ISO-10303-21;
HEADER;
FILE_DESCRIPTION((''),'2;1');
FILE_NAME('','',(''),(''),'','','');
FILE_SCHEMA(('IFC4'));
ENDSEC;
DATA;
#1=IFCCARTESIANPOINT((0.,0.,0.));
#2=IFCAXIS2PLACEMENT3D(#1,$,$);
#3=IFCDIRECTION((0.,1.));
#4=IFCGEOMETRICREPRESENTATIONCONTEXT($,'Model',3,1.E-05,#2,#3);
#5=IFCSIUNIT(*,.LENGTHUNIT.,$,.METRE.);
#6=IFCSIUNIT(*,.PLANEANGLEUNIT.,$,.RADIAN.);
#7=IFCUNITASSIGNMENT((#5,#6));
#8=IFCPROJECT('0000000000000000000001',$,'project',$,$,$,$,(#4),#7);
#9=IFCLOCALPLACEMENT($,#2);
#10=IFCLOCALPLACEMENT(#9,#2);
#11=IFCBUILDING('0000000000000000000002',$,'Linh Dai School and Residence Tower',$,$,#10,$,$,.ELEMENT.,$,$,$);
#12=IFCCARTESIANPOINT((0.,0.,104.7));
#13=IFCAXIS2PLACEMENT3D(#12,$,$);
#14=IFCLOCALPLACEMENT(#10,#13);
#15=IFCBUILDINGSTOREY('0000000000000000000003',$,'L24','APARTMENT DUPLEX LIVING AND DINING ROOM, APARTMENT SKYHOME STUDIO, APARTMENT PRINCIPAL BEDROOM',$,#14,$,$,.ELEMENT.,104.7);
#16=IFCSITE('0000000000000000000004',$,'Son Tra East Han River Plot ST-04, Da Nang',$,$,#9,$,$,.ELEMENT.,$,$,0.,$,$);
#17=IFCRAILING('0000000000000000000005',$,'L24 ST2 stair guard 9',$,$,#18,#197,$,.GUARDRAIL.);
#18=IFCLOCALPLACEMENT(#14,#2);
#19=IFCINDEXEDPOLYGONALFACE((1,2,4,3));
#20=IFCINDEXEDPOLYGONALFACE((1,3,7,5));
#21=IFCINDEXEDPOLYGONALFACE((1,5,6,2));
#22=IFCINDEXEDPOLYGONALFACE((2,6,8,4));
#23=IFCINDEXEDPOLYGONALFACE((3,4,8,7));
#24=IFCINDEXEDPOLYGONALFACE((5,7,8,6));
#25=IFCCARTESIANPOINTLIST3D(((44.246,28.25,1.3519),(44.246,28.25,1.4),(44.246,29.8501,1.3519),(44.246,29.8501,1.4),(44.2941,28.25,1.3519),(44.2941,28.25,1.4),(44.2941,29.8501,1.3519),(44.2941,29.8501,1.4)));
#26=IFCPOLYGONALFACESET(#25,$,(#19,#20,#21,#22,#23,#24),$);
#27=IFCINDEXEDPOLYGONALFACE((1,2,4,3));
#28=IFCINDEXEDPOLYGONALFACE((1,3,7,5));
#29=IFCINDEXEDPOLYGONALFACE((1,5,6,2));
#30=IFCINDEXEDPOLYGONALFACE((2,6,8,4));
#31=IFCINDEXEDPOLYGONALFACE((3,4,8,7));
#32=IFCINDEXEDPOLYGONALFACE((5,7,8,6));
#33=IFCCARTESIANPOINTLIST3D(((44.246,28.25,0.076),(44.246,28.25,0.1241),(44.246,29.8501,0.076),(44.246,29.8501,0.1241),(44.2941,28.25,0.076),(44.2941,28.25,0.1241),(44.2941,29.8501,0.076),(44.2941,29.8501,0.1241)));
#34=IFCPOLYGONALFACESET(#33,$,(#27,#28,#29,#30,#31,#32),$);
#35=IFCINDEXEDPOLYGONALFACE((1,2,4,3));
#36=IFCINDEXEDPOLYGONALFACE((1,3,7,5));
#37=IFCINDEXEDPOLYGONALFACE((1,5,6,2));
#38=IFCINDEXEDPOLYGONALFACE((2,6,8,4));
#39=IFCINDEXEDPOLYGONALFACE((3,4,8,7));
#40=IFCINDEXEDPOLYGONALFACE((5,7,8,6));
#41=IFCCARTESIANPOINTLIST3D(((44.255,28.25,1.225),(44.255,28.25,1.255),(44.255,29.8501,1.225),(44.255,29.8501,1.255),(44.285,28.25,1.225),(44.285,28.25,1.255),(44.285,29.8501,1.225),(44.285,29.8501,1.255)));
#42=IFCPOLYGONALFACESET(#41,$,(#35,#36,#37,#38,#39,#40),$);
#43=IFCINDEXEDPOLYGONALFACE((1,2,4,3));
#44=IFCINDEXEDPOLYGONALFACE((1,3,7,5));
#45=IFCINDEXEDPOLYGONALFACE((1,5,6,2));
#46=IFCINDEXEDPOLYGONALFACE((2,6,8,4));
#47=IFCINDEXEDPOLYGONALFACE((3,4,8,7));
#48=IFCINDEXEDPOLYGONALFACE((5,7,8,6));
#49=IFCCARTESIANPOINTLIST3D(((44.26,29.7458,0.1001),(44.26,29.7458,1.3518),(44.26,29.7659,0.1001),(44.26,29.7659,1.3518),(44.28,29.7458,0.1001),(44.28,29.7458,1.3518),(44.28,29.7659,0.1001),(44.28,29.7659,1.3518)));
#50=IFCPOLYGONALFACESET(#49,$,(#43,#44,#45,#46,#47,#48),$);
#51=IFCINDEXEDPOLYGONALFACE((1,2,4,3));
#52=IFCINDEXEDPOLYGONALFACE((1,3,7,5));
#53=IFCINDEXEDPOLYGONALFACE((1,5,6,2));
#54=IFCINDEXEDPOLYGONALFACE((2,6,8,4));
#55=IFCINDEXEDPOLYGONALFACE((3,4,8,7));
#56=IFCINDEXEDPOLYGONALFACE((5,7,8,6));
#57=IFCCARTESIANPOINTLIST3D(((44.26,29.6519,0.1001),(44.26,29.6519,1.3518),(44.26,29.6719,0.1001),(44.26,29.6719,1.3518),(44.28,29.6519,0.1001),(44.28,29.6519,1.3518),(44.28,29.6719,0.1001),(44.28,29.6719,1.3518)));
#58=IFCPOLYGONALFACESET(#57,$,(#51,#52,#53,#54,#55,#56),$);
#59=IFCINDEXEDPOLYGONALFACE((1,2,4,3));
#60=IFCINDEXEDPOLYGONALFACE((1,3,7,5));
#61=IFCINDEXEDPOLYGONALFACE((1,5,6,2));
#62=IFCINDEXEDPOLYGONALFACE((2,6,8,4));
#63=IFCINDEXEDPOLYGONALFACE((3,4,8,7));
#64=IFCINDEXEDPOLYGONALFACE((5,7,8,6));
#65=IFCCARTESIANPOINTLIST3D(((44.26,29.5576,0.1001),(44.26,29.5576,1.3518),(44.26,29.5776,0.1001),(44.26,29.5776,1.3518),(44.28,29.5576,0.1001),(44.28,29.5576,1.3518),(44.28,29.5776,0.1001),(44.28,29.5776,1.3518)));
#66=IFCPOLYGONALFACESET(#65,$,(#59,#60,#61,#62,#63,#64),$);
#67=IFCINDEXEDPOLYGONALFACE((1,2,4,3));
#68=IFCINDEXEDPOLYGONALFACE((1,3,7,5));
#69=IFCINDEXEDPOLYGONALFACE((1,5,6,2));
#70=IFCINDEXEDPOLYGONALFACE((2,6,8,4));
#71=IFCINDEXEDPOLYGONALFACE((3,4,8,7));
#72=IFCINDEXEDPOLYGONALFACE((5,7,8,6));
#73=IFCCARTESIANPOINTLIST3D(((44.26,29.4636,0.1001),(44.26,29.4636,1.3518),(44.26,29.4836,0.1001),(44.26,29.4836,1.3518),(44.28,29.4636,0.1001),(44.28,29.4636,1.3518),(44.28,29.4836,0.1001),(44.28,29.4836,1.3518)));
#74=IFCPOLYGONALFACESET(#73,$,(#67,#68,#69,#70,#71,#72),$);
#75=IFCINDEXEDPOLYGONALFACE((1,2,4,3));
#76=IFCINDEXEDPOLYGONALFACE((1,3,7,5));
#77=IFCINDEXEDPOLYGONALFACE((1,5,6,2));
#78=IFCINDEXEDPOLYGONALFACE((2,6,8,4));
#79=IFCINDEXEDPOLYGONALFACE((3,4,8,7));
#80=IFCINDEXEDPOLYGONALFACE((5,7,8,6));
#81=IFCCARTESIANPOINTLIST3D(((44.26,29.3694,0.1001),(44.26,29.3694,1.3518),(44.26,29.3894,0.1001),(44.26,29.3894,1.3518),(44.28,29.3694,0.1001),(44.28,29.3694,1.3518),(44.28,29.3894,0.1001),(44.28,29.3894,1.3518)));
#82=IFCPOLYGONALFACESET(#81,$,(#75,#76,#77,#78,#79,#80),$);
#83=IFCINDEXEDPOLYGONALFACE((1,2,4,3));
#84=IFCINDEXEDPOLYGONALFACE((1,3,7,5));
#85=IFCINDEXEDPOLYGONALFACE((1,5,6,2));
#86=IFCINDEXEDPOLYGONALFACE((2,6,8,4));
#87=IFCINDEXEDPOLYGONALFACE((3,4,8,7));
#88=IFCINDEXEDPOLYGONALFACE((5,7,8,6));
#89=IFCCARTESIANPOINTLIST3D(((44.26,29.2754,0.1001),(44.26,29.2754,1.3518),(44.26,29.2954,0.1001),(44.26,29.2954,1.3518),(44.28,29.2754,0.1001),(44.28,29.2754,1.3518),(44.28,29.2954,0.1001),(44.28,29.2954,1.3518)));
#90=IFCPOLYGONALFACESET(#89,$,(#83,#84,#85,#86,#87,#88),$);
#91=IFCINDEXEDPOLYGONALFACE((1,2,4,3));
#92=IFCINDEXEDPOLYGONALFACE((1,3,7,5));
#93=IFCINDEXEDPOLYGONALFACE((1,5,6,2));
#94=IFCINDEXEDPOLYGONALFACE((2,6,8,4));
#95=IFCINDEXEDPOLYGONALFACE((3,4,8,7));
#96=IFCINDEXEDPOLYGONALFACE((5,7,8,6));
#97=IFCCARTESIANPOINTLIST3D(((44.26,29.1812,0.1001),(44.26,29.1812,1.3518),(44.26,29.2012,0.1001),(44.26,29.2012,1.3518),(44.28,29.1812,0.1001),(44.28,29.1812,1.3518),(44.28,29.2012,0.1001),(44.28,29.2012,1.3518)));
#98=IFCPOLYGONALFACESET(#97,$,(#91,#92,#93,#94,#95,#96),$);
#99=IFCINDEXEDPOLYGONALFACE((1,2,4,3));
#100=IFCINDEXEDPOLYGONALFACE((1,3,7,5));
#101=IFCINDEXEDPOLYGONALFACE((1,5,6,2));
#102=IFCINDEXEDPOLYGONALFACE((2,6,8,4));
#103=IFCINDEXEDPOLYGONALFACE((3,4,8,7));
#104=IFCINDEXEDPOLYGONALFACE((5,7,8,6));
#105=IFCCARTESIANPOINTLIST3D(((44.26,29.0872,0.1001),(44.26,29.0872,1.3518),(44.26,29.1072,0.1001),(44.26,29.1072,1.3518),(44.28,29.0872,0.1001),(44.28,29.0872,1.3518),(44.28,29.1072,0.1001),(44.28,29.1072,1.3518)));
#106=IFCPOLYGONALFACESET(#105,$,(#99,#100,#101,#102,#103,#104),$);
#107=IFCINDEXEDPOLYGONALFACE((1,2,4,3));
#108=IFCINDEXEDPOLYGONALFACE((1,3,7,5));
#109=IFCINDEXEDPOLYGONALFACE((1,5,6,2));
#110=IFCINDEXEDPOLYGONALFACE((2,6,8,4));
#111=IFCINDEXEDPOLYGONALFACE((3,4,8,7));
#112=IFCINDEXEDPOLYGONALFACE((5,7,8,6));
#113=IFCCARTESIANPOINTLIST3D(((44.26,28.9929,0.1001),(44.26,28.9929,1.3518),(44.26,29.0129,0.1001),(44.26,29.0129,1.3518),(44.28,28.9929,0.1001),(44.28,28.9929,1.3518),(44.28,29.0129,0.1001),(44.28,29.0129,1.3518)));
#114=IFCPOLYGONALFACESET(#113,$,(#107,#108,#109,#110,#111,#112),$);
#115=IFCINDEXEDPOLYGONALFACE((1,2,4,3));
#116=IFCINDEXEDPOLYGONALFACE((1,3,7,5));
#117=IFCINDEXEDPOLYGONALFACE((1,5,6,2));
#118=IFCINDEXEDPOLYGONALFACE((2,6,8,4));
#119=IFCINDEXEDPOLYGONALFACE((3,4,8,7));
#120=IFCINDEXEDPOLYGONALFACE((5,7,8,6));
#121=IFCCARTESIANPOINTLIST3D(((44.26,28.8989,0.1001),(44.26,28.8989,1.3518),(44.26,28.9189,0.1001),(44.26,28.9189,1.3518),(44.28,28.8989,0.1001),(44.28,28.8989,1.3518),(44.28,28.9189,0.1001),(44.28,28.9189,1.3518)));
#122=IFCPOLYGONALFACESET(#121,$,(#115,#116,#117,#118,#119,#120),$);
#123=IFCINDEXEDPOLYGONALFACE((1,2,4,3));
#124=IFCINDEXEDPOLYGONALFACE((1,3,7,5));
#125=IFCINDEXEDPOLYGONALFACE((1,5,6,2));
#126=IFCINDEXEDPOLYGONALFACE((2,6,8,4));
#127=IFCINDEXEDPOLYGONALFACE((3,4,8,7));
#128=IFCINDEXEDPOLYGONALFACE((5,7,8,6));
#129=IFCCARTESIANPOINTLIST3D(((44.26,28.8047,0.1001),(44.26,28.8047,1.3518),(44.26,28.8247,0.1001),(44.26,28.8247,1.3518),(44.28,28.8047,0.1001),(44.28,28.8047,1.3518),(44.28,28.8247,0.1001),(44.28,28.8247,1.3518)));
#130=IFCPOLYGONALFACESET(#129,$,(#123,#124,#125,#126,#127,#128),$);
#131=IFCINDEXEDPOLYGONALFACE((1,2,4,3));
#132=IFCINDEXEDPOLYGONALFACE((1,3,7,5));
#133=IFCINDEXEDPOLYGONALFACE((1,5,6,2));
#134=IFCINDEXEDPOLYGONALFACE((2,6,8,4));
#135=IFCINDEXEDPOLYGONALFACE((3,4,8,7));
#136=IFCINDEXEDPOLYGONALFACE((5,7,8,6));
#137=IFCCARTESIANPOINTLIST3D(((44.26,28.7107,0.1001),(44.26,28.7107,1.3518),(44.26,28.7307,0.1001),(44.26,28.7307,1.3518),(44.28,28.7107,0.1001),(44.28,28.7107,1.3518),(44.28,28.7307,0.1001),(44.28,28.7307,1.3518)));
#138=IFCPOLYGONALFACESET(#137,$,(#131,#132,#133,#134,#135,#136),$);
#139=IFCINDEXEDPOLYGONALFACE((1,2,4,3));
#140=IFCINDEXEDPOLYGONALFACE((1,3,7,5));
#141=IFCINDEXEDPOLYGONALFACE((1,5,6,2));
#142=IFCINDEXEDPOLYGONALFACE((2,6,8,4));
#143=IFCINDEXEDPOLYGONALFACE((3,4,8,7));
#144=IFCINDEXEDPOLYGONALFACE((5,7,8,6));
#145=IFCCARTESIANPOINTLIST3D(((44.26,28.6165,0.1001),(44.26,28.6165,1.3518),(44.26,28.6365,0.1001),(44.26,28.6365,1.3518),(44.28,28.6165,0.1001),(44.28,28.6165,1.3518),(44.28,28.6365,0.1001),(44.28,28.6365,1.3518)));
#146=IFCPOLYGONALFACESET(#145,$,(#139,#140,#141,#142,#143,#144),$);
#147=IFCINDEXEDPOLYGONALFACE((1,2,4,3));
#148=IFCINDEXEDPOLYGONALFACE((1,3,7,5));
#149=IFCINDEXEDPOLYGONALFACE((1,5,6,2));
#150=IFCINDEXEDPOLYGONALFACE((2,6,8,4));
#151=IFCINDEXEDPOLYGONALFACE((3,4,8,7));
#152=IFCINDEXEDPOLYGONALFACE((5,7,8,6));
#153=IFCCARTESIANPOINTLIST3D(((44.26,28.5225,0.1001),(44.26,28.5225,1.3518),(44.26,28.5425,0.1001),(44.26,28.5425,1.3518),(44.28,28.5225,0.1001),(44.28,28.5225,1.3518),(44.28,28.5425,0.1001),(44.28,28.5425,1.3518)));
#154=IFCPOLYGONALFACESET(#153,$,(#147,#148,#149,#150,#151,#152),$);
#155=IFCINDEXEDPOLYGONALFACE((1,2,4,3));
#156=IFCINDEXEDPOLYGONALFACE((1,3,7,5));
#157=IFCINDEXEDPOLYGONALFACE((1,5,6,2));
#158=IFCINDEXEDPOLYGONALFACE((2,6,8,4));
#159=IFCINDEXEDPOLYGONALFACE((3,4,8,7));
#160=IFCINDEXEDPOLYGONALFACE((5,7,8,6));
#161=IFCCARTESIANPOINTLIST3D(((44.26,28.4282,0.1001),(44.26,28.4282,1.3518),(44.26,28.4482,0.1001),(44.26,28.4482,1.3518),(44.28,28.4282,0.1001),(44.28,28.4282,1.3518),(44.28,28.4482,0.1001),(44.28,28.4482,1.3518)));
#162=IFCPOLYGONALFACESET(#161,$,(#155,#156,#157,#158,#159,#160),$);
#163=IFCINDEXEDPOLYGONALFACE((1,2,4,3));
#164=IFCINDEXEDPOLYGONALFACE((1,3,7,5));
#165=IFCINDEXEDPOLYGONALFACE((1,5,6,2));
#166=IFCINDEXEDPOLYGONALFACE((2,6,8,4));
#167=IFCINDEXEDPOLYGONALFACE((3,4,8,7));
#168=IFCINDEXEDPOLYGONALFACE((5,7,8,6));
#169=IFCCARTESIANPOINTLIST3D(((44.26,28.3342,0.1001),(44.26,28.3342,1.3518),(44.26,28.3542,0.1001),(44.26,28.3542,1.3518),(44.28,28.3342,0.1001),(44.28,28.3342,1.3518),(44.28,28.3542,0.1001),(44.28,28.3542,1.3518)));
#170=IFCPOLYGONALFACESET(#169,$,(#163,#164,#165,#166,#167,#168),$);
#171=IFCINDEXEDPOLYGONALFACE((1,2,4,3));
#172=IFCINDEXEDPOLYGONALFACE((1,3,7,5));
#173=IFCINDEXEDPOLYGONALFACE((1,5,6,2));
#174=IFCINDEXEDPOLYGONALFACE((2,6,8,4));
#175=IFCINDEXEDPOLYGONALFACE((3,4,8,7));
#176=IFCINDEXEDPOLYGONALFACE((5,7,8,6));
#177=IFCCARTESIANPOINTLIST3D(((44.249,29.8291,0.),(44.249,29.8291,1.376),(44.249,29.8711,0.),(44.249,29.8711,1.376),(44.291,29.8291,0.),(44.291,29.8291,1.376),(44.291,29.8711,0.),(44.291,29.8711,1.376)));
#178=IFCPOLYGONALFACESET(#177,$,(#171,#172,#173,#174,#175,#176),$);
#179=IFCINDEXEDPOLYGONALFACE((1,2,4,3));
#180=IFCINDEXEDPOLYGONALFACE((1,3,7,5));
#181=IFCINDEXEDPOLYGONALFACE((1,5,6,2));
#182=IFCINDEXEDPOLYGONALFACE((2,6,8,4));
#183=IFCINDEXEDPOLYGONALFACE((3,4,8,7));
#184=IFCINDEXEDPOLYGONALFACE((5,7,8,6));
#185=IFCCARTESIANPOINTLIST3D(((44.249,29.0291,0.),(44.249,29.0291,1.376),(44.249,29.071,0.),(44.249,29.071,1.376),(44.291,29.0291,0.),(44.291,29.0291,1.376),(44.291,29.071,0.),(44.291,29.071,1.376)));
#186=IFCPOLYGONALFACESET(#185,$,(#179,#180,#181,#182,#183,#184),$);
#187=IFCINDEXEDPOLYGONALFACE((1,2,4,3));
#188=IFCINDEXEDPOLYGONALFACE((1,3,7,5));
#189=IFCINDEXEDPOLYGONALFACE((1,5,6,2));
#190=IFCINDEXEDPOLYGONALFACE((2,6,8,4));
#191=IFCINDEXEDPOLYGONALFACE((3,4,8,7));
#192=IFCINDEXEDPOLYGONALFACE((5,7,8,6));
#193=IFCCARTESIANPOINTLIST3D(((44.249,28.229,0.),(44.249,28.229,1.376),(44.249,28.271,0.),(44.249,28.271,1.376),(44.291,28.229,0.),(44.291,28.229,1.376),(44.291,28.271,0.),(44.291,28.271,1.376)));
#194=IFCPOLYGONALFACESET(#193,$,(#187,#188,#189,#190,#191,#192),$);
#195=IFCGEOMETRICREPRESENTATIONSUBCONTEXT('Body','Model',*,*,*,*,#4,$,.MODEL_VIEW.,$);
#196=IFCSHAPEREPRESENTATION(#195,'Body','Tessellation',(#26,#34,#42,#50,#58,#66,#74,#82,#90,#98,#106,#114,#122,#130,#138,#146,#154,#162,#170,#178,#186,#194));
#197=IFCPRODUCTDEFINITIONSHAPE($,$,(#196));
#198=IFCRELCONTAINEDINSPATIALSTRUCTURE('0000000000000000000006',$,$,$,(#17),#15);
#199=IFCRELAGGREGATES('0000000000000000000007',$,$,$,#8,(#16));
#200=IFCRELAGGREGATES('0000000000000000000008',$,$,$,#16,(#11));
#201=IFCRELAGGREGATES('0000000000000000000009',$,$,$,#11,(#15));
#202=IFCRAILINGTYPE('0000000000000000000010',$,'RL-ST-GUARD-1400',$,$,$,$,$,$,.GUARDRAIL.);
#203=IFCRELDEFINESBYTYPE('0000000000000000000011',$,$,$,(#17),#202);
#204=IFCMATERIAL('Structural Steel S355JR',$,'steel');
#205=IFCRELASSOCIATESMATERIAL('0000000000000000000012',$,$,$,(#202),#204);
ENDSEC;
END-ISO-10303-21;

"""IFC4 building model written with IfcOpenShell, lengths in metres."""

from ifc_helpers import new_model, si_unit, direction, frame, origin, origin_2d, place, context, subcontext, project, spatial, rectangle, extrude, source, transform, mapped, material, type_object, element, save


model = new_model("IFC4")

# Units and contexts
model_context = context("Model", 3, precision=1e-05, world=origin(), true_north=direction((0.0, 1.0)))
body_context = subcontext(model_context, "Body", "Model", "MODEL_VIEW")
ifc_project = project(units=[si_unit("LENGTHUNIT", "METRE"), si_unit("PLANEANGLEUNIT", "RADIAN")], contexts=[model_context])

# Site, building, storey
site_placement = place(None, origin())
site = spatial("IfcSite", under=ifc_project, at=site_placement, Name="Son Tra East Han River Plot ST-04, Da Nang", CompositionType="ELEMENT", RefElevation=0.0)
building_placement = place(site_placement, origin())
building = spatial("IfcBuilding", under=site, at=building_placement, Name="Linh Dai School and Residence Tower", CompositionType="ELEMENT")
storey_placement = place(building_placement, frame((0.0, 0.0, 104.7)))
storey = spatial("IfcBuildingStorey", under=building, at=storey_placement, Name="L24", Description="APARTMENT DUPLEX LIVING AND DINING ROOM, APARTMENT SKYHOME STUDIO, APARTMENT PRINCIPAL BEDROOM", CompositionType="ELEMENT", Elevation=104.7)

# Shared definitions
ifc_material_1 = material(Name="Structural Steel S355JR", Category="steel")

# Railing
railing_type_1 = type_object("IfcRailingType", Name="RL-ST-GUARD-1400", PredefinedType="GUARDRAIL", material=ifc_material_1)
shared_shape_1 = source(origin(), body_context, "Body", "SweptSolid", [
    extrude(rectangle(XDim=0.0481, YDim=0.0481, at=origin_2d()), frame((0.0, 0.0, 1.376), z_axis=(0.0, -1.0, 0.0), x_axis=(1.0, 0.0, 0.0)), (0.0, 0.0, 1.0), 1.6001),
    extrude(rectangle(XDim=0.0481, YDim=0.0481, at=origin_2d()), frame((0.0, 0.0, 0.1001), z_axis=(0.0, -1.0, 0.0), x_axis=(1.0, 0.0, 0.0)), (0.0, 0.0, 1.0), 1.6001),
    extrude(rectangle(XDim=0.03, YDim=0.03, at=origin_2d()), frame((0.0, 0.0, 1.24), z_axis=(0.0, -1.0, 0.0), x_axis=(1.0, 0.0, 0.0)), (0.0, 0.0, 1.0), 1.6001),
    extrude(rectangle(XDim=0.02, YDim=0.02, at=origin_2d()), frame((0.0, -0.0942, 0.1001)), (0.0, 0.0, 1.0), 1.2517),
    extrude(rectangle(XDim=0.02, YDim=0.02, at=origin_2d()), frame((0.0, -0.1882, 0.1001)), (0.0, 0.0, 1.0), 1.2517),
    extrude(rectangle(XDim=0.02, YDim=0.02, at=origin_2d()), frame((0.0, -0.2825, 0.1001)), (0.0, 0.0, 1.0), 1.2517),
    extrude(rectangle(XDim=0.02, YDim=0.02, at=origin_2d()), frame((0.0, -0.3765, 0.1001)), (0.0, 0.0, 1.0), 1.2517),
    extrude(rectangle(XDim=0.02, YDim=0.02, at=origin_2d()), frame((0.0, -0.4707, 0.1001)), (0.0, 0.0, 1.0), 1.2517),
    extrude(rectangle(XDim=0.02, YDim=0.02, at=origin_2d()), frame((0.0, -0.5647, 0.1001)), (0.0, 0.0, 1.0), 1.2517),
    extrude(rectangle(XDim=0.02, YDim=0.02, at=origin_2d()), frame((0.0, -0.6589, 0.1001)), (0.0, 0.0, 1.0), 1.2517),
    extrude(rectangle(XDim=0.02, YDim=0.02, at=origin_2d()), frame((0.0, -0.7529, 0.1001)), (0.0, 0.0, 1.0), 1.2517),
    extrude(rectangle(XDim=0.02, YDim=0.02, at=origin_2d()), frame((0.0, -0.8472, 0.1001)), (0.0, 0.0, 1.0), 1.2517),
    extrude(rectangle(XDim=0.02, YDim=0.02, at=origin_2d()), frame((0.0, -0.9412, 0.1001)), (0.0, 0.0, 1.0), 1.2517),
    extrude(rectangle(XDim=0.02, YDim=0.02, at=origin_2d()), frame((0.0, -1.0354, 0.1001)), (0.0, 0.0, 1.0), 1.2517),
    extrude(rectangle(XDim=0.02, YDim=0.02, at=origin_2d()), frame((0.0, -1.1294, 0.1001)), (0.0, 0.0, 1.0), 1.2517),
    extrude(rectangle(XDim=0.02, YDim=0.02, at=origin_2d()), frame((0.0, -1.2236, 0.1001)), (0.0, 0.0, 1.0), 1.2517),
    extrude(rectangle(XDim=0.02, YDim=0.02, at=origin_2d()), frame((0.0, -1.3176, 0.1001)), (0.0, 0.0, 1.0), 1.2517),
    extrude(rectangle(XDim=0.02, YDim=0.02, at=origin_2d()), frame((0.0, -1.4119, 0.1001)), (0.0, 0.0, 1.0), 1.2517),
    extrude(rectangle(XDim=0.02, YDim=0.02, at=origin_2d()), frame((0.0, -1.5059, 0.1001)), (0.0, 0.0, 1.0), 1.2517),
    extrude(rectangle(XDim=0.042, YDim=0.042, at=origin_2d()), origin(), (0.0, 0.0, 1.0), 1.376),
    extrude(rectangle(XDim=0.042, YDim=0.042, at=origin_2d()), frame((0.0, -0.8, 0.0)), (0.0, 0.0, 1.0), 1.376),
    extrude(rectangle(XDim=0.042, YDim=0.042, at=origin_2d()), frame((0.0, -1.6001, 0.0)), (0.0, 0.0, 1.0), 1.376),
])
for number, where, name in (
    (1, (44.27, 29.8501, 0.0), "L24 ST2 stair guard 9"),
):
    element("IfcRailing", number, at=place(storey_placement, frame(where)), inside=storey, type_object=railing_type_1, Name=name, PredefinedType="GUARDRAIL", context=body_context, shape_type="MappedRepresentation", body=[
        mapped(shared_shape_1, transform((0.0, 0.0, 0.0), x_axis=(1.0, 0.0, 0.0), y_axis=(0.0, 1.0, 0.0), z_axis=(0.0, 0.0, 1.0), scale=1.0)),
    ])

save(model, "model.ifc")
